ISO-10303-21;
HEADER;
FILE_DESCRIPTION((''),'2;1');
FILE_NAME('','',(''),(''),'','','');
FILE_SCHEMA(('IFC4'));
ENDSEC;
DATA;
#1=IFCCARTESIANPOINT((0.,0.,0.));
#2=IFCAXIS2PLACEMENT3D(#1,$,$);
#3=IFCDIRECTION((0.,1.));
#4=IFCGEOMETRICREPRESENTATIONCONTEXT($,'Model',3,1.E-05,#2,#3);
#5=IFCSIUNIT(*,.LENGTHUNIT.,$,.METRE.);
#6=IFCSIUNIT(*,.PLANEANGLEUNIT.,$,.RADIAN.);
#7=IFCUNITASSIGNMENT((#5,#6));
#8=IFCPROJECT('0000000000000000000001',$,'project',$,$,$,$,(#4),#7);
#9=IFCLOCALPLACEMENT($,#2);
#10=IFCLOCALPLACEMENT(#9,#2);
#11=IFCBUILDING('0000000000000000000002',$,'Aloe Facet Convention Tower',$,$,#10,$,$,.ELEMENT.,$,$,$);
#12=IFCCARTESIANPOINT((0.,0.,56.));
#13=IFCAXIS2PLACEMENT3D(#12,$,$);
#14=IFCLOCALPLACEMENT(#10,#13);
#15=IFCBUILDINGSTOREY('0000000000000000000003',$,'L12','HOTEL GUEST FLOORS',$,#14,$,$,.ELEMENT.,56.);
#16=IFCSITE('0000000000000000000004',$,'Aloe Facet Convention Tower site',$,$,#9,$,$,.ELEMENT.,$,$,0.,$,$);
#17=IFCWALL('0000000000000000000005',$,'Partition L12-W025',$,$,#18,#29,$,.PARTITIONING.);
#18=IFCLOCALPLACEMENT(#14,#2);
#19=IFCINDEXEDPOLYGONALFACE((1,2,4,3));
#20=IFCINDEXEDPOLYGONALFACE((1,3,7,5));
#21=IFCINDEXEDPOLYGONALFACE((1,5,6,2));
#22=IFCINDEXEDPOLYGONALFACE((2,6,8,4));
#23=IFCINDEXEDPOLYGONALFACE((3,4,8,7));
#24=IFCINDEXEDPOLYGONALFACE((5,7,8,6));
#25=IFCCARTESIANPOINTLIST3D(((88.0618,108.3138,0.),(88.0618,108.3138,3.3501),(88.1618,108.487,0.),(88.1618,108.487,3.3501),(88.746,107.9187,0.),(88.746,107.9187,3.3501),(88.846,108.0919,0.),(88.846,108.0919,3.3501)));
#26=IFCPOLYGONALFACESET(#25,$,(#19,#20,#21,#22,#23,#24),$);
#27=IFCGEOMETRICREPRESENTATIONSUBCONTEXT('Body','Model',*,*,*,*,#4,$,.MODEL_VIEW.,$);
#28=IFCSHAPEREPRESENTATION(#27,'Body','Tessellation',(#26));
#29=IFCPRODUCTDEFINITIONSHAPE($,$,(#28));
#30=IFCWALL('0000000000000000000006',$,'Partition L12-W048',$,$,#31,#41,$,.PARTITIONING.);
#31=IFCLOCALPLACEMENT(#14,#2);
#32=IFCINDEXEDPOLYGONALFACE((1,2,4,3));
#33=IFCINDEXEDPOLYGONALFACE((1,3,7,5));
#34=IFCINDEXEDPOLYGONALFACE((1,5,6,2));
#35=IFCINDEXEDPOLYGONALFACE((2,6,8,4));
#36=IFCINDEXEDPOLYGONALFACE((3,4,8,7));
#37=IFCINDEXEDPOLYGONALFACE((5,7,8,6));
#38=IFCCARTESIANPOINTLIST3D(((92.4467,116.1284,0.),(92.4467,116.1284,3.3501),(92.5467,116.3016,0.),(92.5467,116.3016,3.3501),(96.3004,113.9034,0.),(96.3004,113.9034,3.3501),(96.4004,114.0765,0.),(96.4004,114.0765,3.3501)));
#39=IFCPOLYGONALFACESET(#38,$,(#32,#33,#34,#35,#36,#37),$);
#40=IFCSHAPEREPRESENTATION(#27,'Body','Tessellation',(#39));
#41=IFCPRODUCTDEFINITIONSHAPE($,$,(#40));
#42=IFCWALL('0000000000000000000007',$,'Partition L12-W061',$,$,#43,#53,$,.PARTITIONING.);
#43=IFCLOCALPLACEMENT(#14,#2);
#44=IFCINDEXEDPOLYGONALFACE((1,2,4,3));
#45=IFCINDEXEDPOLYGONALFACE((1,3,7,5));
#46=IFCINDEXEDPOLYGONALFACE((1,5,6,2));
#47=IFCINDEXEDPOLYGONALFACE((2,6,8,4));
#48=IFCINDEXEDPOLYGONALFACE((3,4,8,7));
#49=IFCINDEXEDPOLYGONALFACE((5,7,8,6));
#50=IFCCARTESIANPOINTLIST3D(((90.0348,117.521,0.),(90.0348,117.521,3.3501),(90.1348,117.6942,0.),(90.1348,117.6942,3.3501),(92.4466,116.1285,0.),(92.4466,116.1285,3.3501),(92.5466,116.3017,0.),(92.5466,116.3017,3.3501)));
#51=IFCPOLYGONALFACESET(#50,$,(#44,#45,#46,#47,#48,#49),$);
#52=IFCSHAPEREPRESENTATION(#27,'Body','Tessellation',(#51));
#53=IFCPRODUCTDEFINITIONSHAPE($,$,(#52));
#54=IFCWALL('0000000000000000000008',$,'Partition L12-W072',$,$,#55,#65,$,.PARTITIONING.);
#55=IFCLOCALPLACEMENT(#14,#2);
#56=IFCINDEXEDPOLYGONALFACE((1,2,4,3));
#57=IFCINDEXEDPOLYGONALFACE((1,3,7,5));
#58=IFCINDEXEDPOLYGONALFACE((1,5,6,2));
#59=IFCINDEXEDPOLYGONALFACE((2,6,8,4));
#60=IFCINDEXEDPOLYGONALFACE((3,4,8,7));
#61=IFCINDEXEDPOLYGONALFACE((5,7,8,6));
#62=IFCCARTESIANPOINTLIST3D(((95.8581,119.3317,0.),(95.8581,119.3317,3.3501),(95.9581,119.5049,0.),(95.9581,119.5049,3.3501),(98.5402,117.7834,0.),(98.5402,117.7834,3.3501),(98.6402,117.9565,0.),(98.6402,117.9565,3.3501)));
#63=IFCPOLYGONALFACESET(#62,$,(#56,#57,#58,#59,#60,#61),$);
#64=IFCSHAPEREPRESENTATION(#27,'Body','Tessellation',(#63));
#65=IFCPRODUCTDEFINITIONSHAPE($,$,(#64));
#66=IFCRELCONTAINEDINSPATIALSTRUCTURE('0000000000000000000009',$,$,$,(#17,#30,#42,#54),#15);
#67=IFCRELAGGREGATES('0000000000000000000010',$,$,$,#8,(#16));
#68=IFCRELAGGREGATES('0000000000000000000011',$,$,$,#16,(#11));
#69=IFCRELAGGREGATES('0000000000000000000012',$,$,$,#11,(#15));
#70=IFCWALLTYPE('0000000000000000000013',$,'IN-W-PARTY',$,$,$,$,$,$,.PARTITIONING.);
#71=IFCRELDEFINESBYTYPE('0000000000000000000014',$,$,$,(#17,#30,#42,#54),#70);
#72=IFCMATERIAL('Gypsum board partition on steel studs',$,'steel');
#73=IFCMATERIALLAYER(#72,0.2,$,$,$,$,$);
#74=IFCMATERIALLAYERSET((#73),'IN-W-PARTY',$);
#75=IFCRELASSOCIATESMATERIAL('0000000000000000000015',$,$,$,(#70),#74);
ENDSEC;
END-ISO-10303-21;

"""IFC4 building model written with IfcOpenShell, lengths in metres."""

from ifc_helpers import new_model, si_unit, direction, frame, frame_2d, origin, place, context, subcontext, project, spatial, rectangle, extrude, material, layer, layer_set, type_object, element, save


model = new_model("IFC4")

# Units and contexts
model_context = context("Model", 3, precision=1e-05, world=origin(), true_north=direction((0.0, 1.0)))
body_context = subcontext(model_context, "Body", "Model", "MODEL_VIEW")
ifc_project = project(units=[si_unit("LENGTHUNIT", "METRE"), si_unit("PLANEANGLEUNIT", "RADIAN")], contexts=[model_context])

# Site, building, storey
site_placement = place(None, origin())
site = spatial("IfcSite", under=ifc_project, at=site_placement, Name="Aloe Facet Convention Tower site", CompositionType="ELEMENT", RefElevation=0.0)
building_placement = place(site_placement, origin())
building = spatial("IfcBuilding", under=site, at=building_placement, Name="Aloe Facet Convention Tower", CompositionType="ELEMENT")
storey_placement = place(building_placement, frame((0.0, 0.0, 56.0)))
storey = spatial("IfcBuildingStorey", under=building, at=storey_placement, Name="L12", Description="HOTEL GUEST FLOORS", CompositionType="ELEMENT", Elevation=56.0)

# Walls
ifc_material_1 = material(Name="Gypsum board partition on steel studs", Category="steel")
ifc_layer_1 = layer(ifc_material_1, 0.2)
ifc_layer_set_1 = layer_set([ifc_layer_1], Name="IN-W-PARTY")
wall_type_1 = type_object("IfcWallType", Name="IN-W-PARTY", PredefinedType="PARTITIONING", material=ifc_layer_set_1)
wall_1_placement = place(storey_placement, frame((88.1118, 108.4004, 0.0), z_axis=(0.0, 0.0, 1.0), x_axis=(0.86599, -0.500061, 0.0)))
element("IfcWall", 1, at=wall_1_placement, inside=storey, type_object=wall_type_1, Name="Partition L12-W025", PredefinedType="PARTITIONING", context=body_context, shape_type="SweptSolid", body=[
    extrude(rectangle(XDim=0.79, YDim=0.2, at=frame_2d((0.395, 0.0))), origin(), (0.0, 0.0, 1.0), 3.3501),
])
wall_2_placement = place(storey_placement, frame((92.4966, 116.2151, 0.0), z_axis=(0.0, 0.0, 1.0), x_axis=(0.866013, -0.500022, 0.0)))
element("IfcWall", 2, at=wall_2_placement, inside=storey, type_object=wall_type_1, Name="Partition L12-W048", PredefinedType="PARTITIONING", context=body_context, shape_type="SweptSolid", body=[
    extrude(rectangle(XDim=4.45, YDim=0.2, at=frame_2d((2.2251, 0.0))), origin(), (0.0, 0.0, 1.0), 3.3501),
])
wall_3_placement = place(storey_placement, frame((90.0847, 117.6077, 0.0), z_axis=(0.0, 0.0, 1.0), x_axis=(0.866012, -0.500023, 0.0)))
element("IfcWall", 3, at=wall_3_placement, inside=storey, type_object=wall_type_1, Name="Partition L12-W061", PredefinedType="PARTITIONING", context=body_context, shape_type="SweptSolid", body=[
    extrude(rectangle(XDim=2.7849, YDim=0.2, at=frame_2d((1.3926, 0.0))), origin(), (0.0, 0.0, 1.0), 3.3501),
])
wall_4_placement = place(storey_placement, frame((95.9082, 119.4182, 0.0), z_axis=(0.0, 0.0, 1.0), x_axis=(0.866052, -0.499954, 0.0)))
element("IfcWall", 4, at=wall_4_placement, inside=storey, type_object=wall_type_1, Name="Partition L12-W072", PredefinedType="PARTITIONING", context=body_context, shape_type="SweptSolid", body=[
    extrude(rectangle(XDim=3.0969, YDim=0.2, at=frame_2d((1.5483, 0.0))), origin(), (0.0, 0.0, 1.0), 3.3501),
])

save(model, "model.ifc")
